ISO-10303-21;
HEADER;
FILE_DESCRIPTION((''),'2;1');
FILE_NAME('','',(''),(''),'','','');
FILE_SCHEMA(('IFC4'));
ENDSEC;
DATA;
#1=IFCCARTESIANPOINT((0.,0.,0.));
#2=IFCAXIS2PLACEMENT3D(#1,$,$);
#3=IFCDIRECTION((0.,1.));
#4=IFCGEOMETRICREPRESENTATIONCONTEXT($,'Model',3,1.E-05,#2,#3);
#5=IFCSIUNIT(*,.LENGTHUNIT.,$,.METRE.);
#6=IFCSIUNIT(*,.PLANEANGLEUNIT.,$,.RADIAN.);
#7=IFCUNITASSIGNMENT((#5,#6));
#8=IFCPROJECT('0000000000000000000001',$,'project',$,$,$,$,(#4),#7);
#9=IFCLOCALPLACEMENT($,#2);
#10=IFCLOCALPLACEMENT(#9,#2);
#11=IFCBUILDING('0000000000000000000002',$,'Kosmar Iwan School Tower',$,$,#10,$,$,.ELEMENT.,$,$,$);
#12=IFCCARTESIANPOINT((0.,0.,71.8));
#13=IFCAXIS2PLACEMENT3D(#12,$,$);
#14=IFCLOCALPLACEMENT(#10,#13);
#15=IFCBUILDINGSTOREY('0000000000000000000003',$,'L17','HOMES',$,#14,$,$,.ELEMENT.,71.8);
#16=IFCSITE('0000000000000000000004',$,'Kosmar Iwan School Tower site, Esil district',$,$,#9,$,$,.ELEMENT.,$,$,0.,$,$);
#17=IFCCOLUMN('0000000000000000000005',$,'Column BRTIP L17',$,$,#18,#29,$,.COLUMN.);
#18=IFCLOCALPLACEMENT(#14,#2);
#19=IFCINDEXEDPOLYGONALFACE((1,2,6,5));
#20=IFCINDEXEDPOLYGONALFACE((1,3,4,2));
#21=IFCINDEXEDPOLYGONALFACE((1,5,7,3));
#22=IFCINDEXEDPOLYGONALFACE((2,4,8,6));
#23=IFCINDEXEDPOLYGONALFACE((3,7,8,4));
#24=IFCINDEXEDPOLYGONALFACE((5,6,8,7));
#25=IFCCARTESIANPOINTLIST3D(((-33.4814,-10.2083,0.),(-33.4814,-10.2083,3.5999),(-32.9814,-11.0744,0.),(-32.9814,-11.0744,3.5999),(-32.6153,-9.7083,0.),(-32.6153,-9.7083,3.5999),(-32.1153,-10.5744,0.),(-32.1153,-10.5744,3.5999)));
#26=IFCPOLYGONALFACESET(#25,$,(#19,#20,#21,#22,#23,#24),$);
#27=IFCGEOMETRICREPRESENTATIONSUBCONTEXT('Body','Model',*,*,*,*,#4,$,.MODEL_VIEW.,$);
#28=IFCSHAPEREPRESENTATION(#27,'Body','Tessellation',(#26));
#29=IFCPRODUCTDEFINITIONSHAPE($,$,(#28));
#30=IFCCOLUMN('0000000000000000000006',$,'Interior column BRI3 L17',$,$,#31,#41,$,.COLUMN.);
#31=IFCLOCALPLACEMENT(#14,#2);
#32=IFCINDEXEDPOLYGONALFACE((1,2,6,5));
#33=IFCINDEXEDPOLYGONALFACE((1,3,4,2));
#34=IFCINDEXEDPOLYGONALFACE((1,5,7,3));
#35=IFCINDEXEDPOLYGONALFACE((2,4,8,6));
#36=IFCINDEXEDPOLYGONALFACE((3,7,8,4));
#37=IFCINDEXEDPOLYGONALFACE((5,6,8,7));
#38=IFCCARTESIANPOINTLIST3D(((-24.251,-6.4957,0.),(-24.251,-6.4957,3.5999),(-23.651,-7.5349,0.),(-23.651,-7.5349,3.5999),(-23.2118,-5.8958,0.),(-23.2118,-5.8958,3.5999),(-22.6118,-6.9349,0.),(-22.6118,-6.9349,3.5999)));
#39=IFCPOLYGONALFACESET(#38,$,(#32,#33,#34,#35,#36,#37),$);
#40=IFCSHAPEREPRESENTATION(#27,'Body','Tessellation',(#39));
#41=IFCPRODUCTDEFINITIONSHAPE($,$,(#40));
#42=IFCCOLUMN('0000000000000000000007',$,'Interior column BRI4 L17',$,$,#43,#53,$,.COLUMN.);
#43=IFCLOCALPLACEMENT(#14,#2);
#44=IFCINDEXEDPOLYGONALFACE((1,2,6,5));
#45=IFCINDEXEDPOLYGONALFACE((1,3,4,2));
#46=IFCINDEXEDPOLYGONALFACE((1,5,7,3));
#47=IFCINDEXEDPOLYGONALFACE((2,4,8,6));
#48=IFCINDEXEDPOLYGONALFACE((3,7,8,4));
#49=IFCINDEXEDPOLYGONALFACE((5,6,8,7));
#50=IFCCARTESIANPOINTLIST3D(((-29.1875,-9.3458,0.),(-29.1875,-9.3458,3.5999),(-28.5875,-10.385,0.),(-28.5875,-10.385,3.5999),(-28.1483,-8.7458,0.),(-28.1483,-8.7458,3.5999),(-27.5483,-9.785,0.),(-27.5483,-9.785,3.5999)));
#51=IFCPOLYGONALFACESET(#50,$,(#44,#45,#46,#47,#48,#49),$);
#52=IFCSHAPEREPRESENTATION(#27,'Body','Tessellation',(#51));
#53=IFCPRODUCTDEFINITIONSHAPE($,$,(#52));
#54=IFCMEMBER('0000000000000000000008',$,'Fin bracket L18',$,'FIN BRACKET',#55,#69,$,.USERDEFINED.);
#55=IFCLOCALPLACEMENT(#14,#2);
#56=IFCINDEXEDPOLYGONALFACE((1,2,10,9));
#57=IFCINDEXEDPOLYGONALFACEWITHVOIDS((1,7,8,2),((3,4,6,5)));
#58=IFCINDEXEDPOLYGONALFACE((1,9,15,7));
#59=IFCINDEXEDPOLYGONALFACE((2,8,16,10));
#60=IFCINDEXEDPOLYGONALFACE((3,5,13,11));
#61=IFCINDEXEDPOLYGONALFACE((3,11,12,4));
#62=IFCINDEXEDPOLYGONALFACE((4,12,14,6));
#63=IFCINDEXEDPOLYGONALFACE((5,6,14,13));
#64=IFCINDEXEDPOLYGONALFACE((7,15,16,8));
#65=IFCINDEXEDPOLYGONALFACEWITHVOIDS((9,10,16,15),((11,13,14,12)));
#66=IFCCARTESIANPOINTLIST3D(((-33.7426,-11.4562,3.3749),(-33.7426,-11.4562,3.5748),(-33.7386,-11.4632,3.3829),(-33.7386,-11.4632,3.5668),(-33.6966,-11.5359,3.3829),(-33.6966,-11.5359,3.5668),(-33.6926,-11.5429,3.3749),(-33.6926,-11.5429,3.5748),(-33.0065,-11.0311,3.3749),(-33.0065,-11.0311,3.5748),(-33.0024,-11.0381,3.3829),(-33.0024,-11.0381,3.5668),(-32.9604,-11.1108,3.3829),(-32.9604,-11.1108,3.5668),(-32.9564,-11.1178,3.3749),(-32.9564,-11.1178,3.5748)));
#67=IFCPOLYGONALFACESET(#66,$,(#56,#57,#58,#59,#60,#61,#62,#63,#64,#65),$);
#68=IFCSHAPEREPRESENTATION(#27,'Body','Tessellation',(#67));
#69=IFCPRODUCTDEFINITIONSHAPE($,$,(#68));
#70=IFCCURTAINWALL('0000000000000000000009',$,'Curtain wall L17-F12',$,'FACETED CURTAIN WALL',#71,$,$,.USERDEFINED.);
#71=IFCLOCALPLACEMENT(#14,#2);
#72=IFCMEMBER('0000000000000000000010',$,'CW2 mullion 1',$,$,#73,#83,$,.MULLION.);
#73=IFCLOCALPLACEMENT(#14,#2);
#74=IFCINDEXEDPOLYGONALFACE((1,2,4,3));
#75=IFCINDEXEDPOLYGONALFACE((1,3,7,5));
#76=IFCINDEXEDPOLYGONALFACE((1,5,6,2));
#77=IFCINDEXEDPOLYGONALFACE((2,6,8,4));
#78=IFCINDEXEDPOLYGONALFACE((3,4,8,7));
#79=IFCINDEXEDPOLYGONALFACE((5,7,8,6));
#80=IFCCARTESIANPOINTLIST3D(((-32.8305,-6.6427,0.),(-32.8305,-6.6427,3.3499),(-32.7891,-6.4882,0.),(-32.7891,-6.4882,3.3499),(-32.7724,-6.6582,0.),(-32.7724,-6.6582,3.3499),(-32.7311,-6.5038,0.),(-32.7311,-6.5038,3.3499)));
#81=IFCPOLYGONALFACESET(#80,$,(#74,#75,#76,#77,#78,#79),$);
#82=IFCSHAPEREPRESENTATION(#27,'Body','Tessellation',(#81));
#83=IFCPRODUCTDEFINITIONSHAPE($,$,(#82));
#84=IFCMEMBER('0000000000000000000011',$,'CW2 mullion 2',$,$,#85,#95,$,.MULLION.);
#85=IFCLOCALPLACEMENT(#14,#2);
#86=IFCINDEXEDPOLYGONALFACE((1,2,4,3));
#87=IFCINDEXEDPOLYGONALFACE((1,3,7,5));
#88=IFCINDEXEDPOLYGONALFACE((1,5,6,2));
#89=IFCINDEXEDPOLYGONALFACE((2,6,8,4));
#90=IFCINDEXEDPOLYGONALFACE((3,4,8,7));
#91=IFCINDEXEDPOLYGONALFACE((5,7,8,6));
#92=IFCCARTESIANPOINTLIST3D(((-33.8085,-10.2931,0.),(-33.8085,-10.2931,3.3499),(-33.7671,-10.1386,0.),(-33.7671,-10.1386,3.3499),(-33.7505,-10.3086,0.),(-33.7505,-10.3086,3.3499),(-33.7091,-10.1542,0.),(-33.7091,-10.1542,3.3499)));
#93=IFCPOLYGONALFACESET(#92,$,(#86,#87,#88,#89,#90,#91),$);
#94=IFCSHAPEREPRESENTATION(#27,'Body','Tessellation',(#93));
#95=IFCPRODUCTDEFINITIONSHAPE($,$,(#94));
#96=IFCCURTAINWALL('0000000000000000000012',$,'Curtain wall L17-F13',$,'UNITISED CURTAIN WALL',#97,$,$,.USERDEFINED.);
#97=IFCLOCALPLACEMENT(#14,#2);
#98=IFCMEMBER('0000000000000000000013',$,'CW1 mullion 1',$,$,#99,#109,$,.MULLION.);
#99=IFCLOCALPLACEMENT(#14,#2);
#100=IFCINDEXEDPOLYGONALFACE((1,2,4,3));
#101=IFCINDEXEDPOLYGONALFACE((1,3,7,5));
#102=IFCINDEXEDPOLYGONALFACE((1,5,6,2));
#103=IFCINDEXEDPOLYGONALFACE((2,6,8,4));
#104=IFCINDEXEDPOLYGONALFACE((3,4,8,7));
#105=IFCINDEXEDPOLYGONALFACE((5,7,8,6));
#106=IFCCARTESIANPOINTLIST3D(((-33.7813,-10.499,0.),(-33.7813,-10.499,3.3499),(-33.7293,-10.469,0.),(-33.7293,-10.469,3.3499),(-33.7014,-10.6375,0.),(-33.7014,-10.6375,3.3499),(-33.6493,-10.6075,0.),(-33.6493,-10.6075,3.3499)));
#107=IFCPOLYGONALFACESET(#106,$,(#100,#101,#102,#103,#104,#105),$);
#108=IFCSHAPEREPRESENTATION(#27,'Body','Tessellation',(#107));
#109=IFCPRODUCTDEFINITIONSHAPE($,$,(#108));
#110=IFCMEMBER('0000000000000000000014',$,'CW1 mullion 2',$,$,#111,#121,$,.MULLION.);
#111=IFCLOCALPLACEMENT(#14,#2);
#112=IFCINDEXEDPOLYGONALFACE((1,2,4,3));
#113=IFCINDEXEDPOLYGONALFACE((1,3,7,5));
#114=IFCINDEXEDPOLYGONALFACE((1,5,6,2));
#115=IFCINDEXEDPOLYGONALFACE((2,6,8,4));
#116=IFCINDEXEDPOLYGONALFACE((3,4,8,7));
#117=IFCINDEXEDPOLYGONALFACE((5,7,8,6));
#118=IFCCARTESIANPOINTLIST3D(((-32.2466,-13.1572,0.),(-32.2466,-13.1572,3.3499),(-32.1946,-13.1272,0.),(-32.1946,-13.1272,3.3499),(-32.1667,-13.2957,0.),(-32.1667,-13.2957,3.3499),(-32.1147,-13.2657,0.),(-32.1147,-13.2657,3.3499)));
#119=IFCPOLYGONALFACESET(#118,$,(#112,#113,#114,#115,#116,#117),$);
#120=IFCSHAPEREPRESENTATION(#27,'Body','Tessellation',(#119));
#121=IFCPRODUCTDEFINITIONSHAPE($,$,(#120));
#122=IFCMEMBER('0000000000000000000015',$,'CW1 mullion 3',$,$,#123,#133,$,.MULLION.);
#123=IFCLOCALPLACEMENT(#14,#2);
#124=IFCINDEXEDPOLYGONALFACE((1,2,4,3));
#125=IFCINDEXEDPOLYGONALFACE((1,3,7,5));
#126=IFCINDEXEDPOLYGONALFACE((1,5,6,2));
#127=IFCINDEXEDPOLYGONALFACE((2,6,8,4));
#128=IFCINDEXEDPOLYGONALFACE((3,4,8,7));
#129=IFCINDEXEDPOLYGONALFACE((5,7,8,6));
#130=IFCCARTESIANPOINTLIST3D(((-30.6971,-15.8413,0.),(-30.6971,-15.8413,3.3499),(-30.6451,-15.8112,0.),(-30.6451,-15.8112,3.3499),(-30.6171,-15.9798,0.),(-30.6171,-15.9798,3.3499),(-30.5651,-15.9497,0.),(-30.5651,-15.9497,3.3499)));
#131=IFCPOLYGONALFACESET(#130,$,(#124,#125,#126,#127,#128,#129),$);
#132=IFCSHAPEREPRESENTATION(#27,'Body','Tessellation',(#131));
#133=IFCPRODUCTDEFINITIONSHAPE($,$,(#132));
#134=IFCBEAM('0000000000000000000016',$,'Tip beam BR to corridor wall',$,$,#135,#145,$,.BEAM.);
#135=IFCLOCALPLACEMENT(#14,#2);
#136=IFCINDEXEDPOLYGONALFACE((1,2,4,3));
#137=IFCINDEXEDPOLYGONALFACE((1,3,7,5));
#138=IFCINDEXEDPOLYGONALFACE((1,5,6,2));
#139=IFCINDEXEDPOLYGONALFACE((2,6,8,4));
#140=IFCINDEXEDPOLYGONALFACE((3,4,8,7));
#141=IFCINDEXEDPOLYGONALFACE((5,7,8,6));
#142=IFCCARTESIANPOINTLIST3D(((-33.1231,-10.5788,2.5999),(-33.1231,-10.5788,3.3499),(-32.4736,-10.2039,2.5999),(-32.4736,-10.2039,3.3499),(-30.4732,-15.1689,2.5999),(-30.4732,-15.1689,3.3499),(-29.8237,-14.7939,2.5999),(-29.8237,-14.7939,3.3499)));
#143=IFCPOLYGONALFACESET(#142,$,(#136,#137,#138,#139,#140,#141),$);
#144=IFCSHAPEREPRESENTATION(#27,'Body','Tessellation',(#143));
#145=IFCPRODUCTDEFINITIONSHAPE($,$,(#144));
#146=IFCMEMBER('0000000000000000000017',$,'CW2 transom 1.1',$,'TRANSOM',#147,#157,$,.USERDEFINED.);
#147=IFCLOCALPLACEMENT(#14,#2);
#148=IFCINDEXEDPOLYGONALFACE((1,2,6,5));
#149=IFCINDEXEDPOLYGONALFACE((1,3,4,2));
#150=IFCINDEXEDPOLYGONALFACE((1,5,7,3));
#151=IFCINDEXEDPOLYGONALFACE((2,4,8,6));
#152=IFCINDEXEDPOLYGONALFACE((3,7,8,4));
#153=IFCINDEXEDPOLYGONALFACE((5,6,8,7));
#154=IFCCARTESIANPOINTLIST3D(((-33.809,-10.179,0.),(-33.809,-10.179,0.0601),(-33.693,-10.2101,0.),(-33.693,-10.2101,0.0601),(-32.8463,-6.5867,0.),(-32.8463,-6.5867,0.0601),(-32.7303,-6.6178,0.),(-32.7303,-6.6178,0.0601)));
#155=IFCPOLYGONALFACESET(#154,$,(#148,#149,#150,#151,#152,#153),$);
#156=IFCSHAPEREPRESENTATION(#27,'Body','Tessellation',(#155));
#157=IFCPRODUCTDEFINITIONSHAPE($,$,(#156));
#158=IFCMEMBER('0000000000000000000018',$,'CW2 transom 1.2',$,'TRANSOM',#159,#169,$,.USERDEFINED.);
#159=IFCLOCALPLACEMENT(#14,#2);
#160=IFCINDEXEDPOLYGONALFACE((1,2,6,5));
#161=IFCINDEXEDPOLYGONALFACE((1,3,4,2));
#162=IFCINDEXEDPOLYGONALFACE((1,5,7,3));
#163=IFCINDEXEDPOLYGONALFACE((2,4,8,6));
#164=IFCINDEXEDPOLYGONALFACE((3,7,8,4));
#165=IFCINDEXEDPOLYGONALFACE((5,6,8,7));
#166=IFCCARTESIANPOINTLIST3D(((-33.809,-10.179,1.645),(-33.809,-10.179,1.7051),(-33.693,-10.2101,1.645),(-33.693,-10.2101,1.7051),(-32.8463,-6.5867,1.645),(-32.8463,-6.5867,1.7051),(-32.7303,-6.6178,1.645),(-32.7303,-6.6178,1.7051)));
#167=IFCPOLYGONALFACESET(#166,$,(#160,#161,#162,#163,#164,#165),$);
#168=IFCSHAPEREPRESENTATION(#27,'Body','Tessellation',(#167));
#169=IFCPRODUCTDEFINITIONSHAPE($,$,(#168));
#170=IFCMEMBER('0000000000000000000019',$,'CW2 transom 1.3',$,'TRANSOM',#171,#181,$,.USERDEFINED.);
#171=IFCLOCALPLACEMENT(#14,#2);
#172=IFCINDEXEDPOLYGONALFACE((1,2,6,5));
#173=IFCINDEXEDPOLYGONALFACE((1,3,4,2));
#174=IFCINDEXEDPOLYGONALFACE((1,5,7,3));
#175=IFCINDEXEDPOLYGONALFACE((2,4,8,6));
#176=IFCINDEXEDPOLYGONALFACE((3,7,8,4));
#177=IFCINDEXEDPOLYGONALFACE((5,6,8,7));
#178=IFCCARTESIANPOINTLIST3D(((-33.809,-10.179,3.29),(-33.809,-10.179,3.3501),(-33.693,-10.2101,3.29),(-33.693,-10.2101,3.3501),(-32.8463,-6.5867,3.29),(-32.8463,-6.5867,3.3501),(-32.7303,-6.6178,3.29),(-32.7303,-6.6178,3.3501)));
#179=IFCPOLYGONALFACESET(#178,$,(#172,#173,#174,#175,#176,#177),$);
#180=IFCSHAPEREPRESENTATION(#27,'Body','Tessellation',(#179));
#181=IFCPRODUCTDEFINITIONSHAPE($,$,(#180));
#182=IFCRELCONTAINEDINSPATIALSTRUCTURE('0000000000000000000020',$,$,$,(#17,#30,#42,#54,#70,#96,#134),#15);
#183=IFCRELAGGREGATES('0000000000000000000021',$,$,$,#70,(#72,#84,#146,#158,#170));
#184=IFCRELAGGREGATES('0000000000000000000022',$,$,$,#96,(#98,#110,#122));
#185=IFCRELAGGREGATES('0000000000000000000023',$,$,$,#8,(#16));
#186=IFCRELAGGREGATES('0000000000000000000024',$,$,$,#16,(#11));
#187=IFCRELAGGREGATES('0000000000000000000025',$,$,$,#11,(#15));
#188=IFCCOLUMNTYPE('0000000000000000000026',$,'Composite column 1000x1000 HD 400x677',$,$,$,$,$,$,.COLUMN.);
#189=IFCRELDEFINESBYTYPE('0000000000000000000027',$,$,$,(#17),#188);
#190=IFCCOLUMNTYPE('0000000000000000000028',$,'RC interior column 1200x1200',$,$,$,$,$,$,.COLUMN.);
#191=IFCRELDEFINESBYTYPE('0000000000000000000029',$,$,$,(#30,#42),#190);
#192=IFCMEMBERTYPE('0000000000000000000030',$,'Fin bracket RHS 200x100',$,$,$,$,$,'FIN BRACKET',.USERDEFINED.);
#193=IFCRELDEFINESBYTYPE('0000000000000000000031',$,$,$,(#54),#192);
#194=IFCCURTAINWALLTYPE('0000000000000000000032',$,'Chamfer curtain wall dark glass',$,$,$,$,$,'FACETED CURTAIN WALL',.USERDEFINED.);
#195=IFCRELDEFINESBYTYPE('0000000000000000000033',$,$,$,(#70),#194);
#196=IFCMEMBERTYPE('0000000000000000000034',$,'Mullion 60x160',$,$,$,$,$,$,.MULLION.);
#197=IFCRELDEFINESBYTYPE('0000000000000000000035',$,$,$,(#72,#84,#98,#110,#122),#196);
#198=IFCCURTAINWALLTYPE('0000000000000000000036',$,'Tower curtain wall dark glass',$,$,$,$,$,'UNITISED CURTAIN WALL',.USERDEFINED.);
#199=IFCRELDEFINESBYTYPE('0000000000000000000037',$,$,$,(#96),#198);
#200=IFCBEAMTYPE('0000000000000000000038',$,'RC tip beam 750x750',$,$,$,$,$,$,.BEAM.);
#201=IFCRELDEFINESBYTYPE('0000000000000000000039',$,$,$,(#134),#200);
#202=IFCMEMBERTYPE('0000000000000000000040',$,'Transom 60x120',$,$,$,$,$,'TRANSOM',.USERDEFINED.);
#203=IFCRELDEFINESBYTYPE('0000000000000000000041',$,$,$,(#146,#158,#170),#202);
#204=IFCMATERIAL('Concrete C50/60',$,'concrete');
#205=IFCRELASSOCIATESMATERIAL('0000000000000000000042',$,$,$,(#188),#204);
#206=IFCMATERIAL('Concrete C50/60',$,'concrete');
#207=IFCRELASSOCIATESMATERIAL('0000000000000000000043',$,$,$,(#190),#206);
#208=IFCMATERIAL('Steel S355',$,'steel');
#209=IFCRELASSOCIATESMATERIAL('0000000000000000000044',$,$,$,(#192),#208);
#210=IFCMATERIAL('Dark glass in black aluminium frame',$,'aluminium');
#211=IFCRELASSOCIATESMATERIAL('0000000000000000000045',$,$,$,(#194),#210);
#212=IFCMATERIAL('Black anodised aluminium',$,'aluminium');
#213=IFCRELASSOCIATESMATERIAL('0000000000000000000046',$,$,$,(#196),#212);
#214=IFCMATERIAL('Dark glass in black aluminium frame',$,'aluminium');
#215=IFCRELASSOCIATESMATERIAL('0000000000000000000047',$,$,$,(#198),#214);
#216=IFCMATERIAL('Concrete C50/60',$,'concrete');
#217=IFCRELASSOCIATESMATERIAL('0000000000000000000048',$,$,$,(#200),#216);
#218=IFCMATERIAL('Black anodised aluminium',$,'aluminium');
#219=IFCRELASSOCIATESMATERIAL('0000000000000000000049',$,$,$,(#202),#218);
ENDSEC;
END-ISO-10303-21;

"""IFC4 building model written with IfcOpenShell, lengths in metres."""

from ifc_helpers import new_model, si_unit, direction, frame, origin, origin_2d, place, context, subcontext, project, spatial, rectangle, hollow_rectangle, extrude, material, material_profile, profile_set, type_object, element, aggregate, save


model = new_model("IFC4")

# Units and contexts
model_context = context("Model", 3, precision=1e-05, world=origin(), true_north=direction((0.0, 1.0)))
body_context = subcontext(model_context, "Body", "Model", "MODEL_VIEW")
ifc_project = project(units=[si_unit("LENGTHUNIT", "METRE"), si_unit("PLANEANGLEUNIT", "RADIAN")], contexts=[model_context])

# Site, building, storey
site_placement = place(None, origin())
site = spatial("IfcSite", under=ifc_project, at=site_placement, Name="Kosmar Iwan School Tower site, Esil district", CompositionType="ELEMENT", RefElevation=0.0)
building_placement = place(site_placement, origin())
building = spatial("IfcBuilding", under=site, at=building_placement, Name="Kosmar Iwan School Tower", CompositionType="ELEMENT")
storey_placement = place(building_placement, frame((0.0, 0.0, 71.8)))
storey = spatial("IfcBuildingStorey", under=building, at=storey_placement, Name="L17", Description="HOMES", CompositionType="ELEMENT", Elevation=71.8)

# Columns
ifc_material_1 = material(Name="Concrete C50/60", Category="concrete")
ifc_material_profile_1 = material_profile(ifc_material_1, rectangle(XDim=1.0, YDim=1.0, at=origin_2d()), Name="RC 1000x1000 + HD 400x677")
ifc_profile_set_1 = profile_set([ifc_material_profile_1], Name="Concrete C50/60")
column_type_1 = type_object("IfcColumnType", Name="Composite column 1000x1000 HD 400x677", PredefinedType="COLUMN", material=ifc_profile_set_1)
column_placement = place(storey_placement, frame((-32.7983, -10.3914, 0.0), z_axis=(0.0, 0.0, 1.0), x_axis=(-0.866025, -0.5, 0.0)))
element("IfcColumn", 1, at=column_placement, inside=storey, type_object=column_type_1, Name="Column BRTIP L17", PredefinedType="COLUMN", context=body_context, shape_type="SweptSolid", body=[
    extrude(rectangle(XDim=1.0, YDim=1.0, at=origin_2d()), origin(), (0.0, 0.0, 1.0), 3.5999),
])
ifc_material_2 = material(Name="Concrete C50/60", Category="concrete")
ifc_material_profile_2 = material_profile(ifc_material_2, rectangle(XDim=1.2, YDim=1.2, at=origin_2d()), Name="RC 1200x1200")
ifc_profile_set_2 = profile_set([ifc_material_profile_2], Name="Concrete C50/60")
column_type_2 = type_object("IfcColumnType", Name="RC interior column 1200x1200", PredefinedType="COLUMN", material=ifc_profile_set_2)
for number, where, z_axis, x_axis, name in (
    (2, (-23.4314, -6.7153, 0.0), (0.0, 0.0, 1.0), (-0.866025, -0.5, 0.0), "Interior column BRI3 L17"),
    (3, (-28.3679, -9.5654, 0.0), (0.0, 0.0, 1.0), (-0.866025, -0.5, 0.0), "Interior column BRI4 L17"),
):
    element("IfcColumn", number, at=place(storey_placement, frame(where, z_axis=z_axis, x_axis=x_axis)), inside=storey, type_object=column_type_2, Name=name, PredefinedType="COLUMN", context=body_context, shape_type="SweptSolid", body=[
        extrude(rectangle(XDim=1.2, YDim=1.2, at=origin_2d()), origin(), (0.0, 0.0, 1.0), 3.5999),
    ])

# Member
ifc_material_3 = material(Name="Steel S355", Category="steel")
ifc_material_profile_3 = material_profile(ifc_material_3, hollow_rectangle(XDim=0.1001, YDim=0.2, WallThickness=0.0081, at=origin_2d()), Name="RHS 200x100x8")
ifc_profile_set_3 = profile_set([ifc_material_profile_3], Name="Steel S355")
member_type_1 = type_object("IfcMemberType", Name="Fin bracket RHS 200x100", ElementType="FIN BRACKET", PredefinedType="USERDEFINED", material=ifc_profile_set_3)
member_1_placement = place(storey_placement, frame((-32.9814, -11.0745, 3.4749), z_axis=(-0.865989, -0.500062, 0.0), x_axis=(0.500062, -0.865989, 0.0)))
element("IfcMember", 4, at=member_1_placement, inside=storey, type_object=member_type_1, Name="Fin bracket L18", ObjectType="FIN BRACKET", PredefinedType="USERDEFINED", context=body_context, shape_type="SweptSolid", body=[
    extrude(hollow_rectangle(XDim=0.1001, YDim=0.2, WallThickness=0.0081, at=origin_2d()), origin(), (0.0, 0.0, 1.0), 0.8501),
])

# Curtain walls, members
ifc_material_4 = material(Name="Dark glass in black aluminium frame", Category="aluminium")
curtain_wall_type_1 = type_object("IfcCurtainWallType", Name="Chamfer curtain wall dark glass", ElementType="FACETED CURTAIN WALL", PredefinedType="USERDEFINED", material=ifc_material_4)
curtain_wall_1_placement = place(storey_placement, origin())
curtain_wall_1 = element("IfcCurtainWall", 5, at=curtain_wall_1_placement, inside=storey, type_object=curtain_wall_type_1, Name="Curtain wall L17-F12", ObjectType="FACETED CURTAIN WALL", PredefinedType="USERDEFINED")
ifc_material_5 = material(Name="Black anodised aluminium", Category="aluminium")
ifc_material_profile_4 = material_profile(ifc_material_5, rectangle(XDim=0.0601, YDim=0.1599, at=origin_2d()), Name="MULLION 60x160")
ifc_profile_set_4 = profile_set([ifc_material_profile_4], Name="Black anodised aluminium")
member_type_2 = type_object("IfcMemberType", Name="Mullion 60x160", PredefinedType="MULLION", material=ifc_profile_set_4)
member_2_placement = place(storey_placement, frame((-32.7808, -6.5732, 0.0), z_axis=(0.0, 0.0, 1.0), x_axis=(0.965926, -0.258819, 0.0)))
member_2 = element("IfcMember", 6, at=member_2_placement, type_object=member_type_2, Name="CW2 mullion 1", PredefinedType="MULLION", context=body_context, shape_type="SweptSolid", body=[
    extrude(rectangle(XDim=0.0601, YDim=0.1599, at=origin_2d()), origin(), (0.0, 0.0, 1.0), 3.3499),
])
member_3_placement = place(storey_placement, frame((-33.7588, -10.2236, 0.0), z_axis=(0.0, 0.0, 1.0), x_axis=(0.965926, -0.258819, 0.0)))
member_3 = element("IfcMember", 7, at=member_3_placement, type_object=member_type_2, Name="CW2 mullion 2", PredefinedType="MULLION", context=body_context, shape_type="SweptSolid", body=[
    extrude(rectangle(XDim=0.0601, YDim=0.1599, at=origin_2d()), origin(), (0.0, 0.0, 1.0), 3.3499),
])
ifc_material_6 = material(Name="Dark glass in black aluminium frame", Category="aluminium")
curtain_wall_type_2 = type_object("IfcCurtainWallType", Name="Tower curtain wall dark glass", ElementType="UNITISED CURTAIN WALL", PredefinedType="USERDEFINED", material=ifc_material_6)
curtain_wall_2_placement = place(storey_placement, origin())
curtain_wall_2 = element("IfcCurtainWall", 8, at=curtain_wall_2_placement, inside=storey, type_object=curtain_wall_type_2, Name="Curtain wall L17-F13", ObjectType="UNITISED CURTAIN WALL", PredefinedType="USERDEFINED")
member_4_placement = place(storey_placement, frame((-33.7153, -10.5532, 0.0), z_axis=(0.0, 0.0, 1.0), x_axis=(0.866025, 0.5, 0.0)))
member_4 = element("IfcMember", 9, at=member_4_placement, type_object=member_type_2, Name="CW1 mullion 1", PredefinedType="MULLION", context=body_context, shape_type="SweptSolid", body=[
    extrude(rectangle(XDim=0.0601, YDim=0.1599, at=origin_2d()), origin(), (0.0, 0.0, 1.0), 3.3499),
])
member_5_placement = place(storey_placement, frame((-32.1807, -13.2114, 0.0), z_axis=(0.0, 0.0, 1.0), x_axis=(0.866025, 0.5, 0.0)))
member_5 = element("IfcMember", 10, at=member_5_placement, type_object=member_type_2, Name="CW1 mullion 2", PredefinedType="MULLION", context=body_context, shape_type="SweptSolid", body=[
    extrude(rectangle(XDim=0.0601, YDim=0.1599, at=origin_2d()), origin(), (0.0, 0.0, 1.0), 3.3499),
])
member_6_placement = place(storey_placement, frame((-30.6311, -15.8955, 0.0), z_axis=(0.0, 0.0, 1.0), x_axis=(0.866025, 0.5, 0.0)))
member_6 = element("IfcMember", 11, at=member_6_placement, type_object=member_type_2, Name="CW1 mullion 3", PredefinedType="MULLION", context=body_context, shape_type="SweptSolid", body=[
    extrude(rectangle(XDim=0.0601, YDim=0.1599, at=origin_2d()), origin(), (0.0, 0.0, 1.0), 3.3499),
])

# Beam
ifc_material_7 = material(Name="Concrete C50/60", Category="concrete")
ifc_material_profile_5 = material_profile(ifc_material_7, rectangle(XDim=0.75, YDim=0.75, at=origin_2d()), Name="RC 750x750")
ifc_profile_set_5 = profile_set([ifc_material_profile_5], Name="Concrete C50/60")
beam_type = type_object("IfcBeamType", Name="RC tip beam 750x750", PredefinedType="BEAM", material=ifc_profile_set_5)
beam_placement = place(storey_placement, frame((-32.7983, -10.3914, 2.9749), z_axis=(0.499974, -0.866041, 0.0), x_axis=(0.866041, 0.499974, 0.0)))
element("IfcBeam", 12, at=beam_placement, inside=storey, type_object=beam_type, Name="Tip beam BR to corridor wall", PredefinedType="BEAM", context=body_context, shape_type="SweptSolid", body=[
    extrude(rectangle(XDim=0.75, YDim=0.75, at=origin_2d()), origin(), (0.0, 0.0, 1.0), 5.3),
])

# Members
ifc_material_8 = material(Name="Black anodised aluminium", Category="aluminium")
ifc_material_profile_6 = material_profile(ifc_material_8, rectangle(XDim=0.1201, YDim=0.0601, at=origin_2d()), Name="TRANSOM 60x120")
ifc_profile_set_6 = profile_set([ifc_material_profile_6], Name="Black anodised aluminium")
member_type_3 = type_object("IfcMemberType", Name="Transom 60x120", ElementType="TRANSOM", PredefinedType="USERDEFINED", material=ifc_profile_set_6)
member_7_placement = place(storey_placement, frame((-32.7883, -6.6023, 0.03), z_axis=(-0.258843, -0.965919, 0.0), x_axis=(0.965919, -0.258843, 0.0)))
member_7 = element("IfcMember", 13, at=member_7_placement, type_object=member_type_3, Name="CW2 transom 1.1", ObjectType="TRANSOM", PredefinedType="USERDEFINED", context=body_context, shape_type="SweptSolid", body=[
    extrude(rectangle(XDim=0.1201, YDim=0.0601, at=origin_2d()), origin(), (0.0, 0.0, 1.0), 3.719),
])
member_8_placement = place(storey_placement, frame((-32.7883, -6.6023, 1.675), z_axis=(-0.258843, -0.965919, 0.0), x_axis=(0.965919, -0.258843, 0.0)))
member_8 = element("IfcMember", 14, at=member_8_placement, type_object=member_type_3, Name="CW2 transom 1.2", ObjectType="TRANSOM", PredefinedType="USERDEFINED", context=body_context, shape_type="SweptSolid", body=[
    extrude(rectangle(XDim=0.1201, YDim=0.0601, at=origin_2d()), origin(), (0.0, 0.0, 1.0), 3.719),
])
member_9_placement = place(storey_placement, frame((-32.7883, -6.6023, 3.3201), z_axis=(-0.258843, -0.965919, 0.0), x_axis=(0.965919, -0.258843, 0.0)))
member_9 = element("IfcMember", 15, at=member_9_placement, type_object=member_type_3, Name="CW2 transom 1.3", ObjectType="TRANSOM", PredefinedType="USERDEFINED", context=body_context, shape_type="SweptSolid", body=[
    extrude(rectangle(XDim=0.1201, YDim=0.0601, at=origin_2d()), origin(), (0.0, 0.0, 1.0), 3.719),
])

aggregate(curtain_wall_1, [member_2, member_3, member_7, member_8, member_9])
aggregate(curtain_wall_2, [member_4, member_5, member_6])

save(model, "model.ifc")
